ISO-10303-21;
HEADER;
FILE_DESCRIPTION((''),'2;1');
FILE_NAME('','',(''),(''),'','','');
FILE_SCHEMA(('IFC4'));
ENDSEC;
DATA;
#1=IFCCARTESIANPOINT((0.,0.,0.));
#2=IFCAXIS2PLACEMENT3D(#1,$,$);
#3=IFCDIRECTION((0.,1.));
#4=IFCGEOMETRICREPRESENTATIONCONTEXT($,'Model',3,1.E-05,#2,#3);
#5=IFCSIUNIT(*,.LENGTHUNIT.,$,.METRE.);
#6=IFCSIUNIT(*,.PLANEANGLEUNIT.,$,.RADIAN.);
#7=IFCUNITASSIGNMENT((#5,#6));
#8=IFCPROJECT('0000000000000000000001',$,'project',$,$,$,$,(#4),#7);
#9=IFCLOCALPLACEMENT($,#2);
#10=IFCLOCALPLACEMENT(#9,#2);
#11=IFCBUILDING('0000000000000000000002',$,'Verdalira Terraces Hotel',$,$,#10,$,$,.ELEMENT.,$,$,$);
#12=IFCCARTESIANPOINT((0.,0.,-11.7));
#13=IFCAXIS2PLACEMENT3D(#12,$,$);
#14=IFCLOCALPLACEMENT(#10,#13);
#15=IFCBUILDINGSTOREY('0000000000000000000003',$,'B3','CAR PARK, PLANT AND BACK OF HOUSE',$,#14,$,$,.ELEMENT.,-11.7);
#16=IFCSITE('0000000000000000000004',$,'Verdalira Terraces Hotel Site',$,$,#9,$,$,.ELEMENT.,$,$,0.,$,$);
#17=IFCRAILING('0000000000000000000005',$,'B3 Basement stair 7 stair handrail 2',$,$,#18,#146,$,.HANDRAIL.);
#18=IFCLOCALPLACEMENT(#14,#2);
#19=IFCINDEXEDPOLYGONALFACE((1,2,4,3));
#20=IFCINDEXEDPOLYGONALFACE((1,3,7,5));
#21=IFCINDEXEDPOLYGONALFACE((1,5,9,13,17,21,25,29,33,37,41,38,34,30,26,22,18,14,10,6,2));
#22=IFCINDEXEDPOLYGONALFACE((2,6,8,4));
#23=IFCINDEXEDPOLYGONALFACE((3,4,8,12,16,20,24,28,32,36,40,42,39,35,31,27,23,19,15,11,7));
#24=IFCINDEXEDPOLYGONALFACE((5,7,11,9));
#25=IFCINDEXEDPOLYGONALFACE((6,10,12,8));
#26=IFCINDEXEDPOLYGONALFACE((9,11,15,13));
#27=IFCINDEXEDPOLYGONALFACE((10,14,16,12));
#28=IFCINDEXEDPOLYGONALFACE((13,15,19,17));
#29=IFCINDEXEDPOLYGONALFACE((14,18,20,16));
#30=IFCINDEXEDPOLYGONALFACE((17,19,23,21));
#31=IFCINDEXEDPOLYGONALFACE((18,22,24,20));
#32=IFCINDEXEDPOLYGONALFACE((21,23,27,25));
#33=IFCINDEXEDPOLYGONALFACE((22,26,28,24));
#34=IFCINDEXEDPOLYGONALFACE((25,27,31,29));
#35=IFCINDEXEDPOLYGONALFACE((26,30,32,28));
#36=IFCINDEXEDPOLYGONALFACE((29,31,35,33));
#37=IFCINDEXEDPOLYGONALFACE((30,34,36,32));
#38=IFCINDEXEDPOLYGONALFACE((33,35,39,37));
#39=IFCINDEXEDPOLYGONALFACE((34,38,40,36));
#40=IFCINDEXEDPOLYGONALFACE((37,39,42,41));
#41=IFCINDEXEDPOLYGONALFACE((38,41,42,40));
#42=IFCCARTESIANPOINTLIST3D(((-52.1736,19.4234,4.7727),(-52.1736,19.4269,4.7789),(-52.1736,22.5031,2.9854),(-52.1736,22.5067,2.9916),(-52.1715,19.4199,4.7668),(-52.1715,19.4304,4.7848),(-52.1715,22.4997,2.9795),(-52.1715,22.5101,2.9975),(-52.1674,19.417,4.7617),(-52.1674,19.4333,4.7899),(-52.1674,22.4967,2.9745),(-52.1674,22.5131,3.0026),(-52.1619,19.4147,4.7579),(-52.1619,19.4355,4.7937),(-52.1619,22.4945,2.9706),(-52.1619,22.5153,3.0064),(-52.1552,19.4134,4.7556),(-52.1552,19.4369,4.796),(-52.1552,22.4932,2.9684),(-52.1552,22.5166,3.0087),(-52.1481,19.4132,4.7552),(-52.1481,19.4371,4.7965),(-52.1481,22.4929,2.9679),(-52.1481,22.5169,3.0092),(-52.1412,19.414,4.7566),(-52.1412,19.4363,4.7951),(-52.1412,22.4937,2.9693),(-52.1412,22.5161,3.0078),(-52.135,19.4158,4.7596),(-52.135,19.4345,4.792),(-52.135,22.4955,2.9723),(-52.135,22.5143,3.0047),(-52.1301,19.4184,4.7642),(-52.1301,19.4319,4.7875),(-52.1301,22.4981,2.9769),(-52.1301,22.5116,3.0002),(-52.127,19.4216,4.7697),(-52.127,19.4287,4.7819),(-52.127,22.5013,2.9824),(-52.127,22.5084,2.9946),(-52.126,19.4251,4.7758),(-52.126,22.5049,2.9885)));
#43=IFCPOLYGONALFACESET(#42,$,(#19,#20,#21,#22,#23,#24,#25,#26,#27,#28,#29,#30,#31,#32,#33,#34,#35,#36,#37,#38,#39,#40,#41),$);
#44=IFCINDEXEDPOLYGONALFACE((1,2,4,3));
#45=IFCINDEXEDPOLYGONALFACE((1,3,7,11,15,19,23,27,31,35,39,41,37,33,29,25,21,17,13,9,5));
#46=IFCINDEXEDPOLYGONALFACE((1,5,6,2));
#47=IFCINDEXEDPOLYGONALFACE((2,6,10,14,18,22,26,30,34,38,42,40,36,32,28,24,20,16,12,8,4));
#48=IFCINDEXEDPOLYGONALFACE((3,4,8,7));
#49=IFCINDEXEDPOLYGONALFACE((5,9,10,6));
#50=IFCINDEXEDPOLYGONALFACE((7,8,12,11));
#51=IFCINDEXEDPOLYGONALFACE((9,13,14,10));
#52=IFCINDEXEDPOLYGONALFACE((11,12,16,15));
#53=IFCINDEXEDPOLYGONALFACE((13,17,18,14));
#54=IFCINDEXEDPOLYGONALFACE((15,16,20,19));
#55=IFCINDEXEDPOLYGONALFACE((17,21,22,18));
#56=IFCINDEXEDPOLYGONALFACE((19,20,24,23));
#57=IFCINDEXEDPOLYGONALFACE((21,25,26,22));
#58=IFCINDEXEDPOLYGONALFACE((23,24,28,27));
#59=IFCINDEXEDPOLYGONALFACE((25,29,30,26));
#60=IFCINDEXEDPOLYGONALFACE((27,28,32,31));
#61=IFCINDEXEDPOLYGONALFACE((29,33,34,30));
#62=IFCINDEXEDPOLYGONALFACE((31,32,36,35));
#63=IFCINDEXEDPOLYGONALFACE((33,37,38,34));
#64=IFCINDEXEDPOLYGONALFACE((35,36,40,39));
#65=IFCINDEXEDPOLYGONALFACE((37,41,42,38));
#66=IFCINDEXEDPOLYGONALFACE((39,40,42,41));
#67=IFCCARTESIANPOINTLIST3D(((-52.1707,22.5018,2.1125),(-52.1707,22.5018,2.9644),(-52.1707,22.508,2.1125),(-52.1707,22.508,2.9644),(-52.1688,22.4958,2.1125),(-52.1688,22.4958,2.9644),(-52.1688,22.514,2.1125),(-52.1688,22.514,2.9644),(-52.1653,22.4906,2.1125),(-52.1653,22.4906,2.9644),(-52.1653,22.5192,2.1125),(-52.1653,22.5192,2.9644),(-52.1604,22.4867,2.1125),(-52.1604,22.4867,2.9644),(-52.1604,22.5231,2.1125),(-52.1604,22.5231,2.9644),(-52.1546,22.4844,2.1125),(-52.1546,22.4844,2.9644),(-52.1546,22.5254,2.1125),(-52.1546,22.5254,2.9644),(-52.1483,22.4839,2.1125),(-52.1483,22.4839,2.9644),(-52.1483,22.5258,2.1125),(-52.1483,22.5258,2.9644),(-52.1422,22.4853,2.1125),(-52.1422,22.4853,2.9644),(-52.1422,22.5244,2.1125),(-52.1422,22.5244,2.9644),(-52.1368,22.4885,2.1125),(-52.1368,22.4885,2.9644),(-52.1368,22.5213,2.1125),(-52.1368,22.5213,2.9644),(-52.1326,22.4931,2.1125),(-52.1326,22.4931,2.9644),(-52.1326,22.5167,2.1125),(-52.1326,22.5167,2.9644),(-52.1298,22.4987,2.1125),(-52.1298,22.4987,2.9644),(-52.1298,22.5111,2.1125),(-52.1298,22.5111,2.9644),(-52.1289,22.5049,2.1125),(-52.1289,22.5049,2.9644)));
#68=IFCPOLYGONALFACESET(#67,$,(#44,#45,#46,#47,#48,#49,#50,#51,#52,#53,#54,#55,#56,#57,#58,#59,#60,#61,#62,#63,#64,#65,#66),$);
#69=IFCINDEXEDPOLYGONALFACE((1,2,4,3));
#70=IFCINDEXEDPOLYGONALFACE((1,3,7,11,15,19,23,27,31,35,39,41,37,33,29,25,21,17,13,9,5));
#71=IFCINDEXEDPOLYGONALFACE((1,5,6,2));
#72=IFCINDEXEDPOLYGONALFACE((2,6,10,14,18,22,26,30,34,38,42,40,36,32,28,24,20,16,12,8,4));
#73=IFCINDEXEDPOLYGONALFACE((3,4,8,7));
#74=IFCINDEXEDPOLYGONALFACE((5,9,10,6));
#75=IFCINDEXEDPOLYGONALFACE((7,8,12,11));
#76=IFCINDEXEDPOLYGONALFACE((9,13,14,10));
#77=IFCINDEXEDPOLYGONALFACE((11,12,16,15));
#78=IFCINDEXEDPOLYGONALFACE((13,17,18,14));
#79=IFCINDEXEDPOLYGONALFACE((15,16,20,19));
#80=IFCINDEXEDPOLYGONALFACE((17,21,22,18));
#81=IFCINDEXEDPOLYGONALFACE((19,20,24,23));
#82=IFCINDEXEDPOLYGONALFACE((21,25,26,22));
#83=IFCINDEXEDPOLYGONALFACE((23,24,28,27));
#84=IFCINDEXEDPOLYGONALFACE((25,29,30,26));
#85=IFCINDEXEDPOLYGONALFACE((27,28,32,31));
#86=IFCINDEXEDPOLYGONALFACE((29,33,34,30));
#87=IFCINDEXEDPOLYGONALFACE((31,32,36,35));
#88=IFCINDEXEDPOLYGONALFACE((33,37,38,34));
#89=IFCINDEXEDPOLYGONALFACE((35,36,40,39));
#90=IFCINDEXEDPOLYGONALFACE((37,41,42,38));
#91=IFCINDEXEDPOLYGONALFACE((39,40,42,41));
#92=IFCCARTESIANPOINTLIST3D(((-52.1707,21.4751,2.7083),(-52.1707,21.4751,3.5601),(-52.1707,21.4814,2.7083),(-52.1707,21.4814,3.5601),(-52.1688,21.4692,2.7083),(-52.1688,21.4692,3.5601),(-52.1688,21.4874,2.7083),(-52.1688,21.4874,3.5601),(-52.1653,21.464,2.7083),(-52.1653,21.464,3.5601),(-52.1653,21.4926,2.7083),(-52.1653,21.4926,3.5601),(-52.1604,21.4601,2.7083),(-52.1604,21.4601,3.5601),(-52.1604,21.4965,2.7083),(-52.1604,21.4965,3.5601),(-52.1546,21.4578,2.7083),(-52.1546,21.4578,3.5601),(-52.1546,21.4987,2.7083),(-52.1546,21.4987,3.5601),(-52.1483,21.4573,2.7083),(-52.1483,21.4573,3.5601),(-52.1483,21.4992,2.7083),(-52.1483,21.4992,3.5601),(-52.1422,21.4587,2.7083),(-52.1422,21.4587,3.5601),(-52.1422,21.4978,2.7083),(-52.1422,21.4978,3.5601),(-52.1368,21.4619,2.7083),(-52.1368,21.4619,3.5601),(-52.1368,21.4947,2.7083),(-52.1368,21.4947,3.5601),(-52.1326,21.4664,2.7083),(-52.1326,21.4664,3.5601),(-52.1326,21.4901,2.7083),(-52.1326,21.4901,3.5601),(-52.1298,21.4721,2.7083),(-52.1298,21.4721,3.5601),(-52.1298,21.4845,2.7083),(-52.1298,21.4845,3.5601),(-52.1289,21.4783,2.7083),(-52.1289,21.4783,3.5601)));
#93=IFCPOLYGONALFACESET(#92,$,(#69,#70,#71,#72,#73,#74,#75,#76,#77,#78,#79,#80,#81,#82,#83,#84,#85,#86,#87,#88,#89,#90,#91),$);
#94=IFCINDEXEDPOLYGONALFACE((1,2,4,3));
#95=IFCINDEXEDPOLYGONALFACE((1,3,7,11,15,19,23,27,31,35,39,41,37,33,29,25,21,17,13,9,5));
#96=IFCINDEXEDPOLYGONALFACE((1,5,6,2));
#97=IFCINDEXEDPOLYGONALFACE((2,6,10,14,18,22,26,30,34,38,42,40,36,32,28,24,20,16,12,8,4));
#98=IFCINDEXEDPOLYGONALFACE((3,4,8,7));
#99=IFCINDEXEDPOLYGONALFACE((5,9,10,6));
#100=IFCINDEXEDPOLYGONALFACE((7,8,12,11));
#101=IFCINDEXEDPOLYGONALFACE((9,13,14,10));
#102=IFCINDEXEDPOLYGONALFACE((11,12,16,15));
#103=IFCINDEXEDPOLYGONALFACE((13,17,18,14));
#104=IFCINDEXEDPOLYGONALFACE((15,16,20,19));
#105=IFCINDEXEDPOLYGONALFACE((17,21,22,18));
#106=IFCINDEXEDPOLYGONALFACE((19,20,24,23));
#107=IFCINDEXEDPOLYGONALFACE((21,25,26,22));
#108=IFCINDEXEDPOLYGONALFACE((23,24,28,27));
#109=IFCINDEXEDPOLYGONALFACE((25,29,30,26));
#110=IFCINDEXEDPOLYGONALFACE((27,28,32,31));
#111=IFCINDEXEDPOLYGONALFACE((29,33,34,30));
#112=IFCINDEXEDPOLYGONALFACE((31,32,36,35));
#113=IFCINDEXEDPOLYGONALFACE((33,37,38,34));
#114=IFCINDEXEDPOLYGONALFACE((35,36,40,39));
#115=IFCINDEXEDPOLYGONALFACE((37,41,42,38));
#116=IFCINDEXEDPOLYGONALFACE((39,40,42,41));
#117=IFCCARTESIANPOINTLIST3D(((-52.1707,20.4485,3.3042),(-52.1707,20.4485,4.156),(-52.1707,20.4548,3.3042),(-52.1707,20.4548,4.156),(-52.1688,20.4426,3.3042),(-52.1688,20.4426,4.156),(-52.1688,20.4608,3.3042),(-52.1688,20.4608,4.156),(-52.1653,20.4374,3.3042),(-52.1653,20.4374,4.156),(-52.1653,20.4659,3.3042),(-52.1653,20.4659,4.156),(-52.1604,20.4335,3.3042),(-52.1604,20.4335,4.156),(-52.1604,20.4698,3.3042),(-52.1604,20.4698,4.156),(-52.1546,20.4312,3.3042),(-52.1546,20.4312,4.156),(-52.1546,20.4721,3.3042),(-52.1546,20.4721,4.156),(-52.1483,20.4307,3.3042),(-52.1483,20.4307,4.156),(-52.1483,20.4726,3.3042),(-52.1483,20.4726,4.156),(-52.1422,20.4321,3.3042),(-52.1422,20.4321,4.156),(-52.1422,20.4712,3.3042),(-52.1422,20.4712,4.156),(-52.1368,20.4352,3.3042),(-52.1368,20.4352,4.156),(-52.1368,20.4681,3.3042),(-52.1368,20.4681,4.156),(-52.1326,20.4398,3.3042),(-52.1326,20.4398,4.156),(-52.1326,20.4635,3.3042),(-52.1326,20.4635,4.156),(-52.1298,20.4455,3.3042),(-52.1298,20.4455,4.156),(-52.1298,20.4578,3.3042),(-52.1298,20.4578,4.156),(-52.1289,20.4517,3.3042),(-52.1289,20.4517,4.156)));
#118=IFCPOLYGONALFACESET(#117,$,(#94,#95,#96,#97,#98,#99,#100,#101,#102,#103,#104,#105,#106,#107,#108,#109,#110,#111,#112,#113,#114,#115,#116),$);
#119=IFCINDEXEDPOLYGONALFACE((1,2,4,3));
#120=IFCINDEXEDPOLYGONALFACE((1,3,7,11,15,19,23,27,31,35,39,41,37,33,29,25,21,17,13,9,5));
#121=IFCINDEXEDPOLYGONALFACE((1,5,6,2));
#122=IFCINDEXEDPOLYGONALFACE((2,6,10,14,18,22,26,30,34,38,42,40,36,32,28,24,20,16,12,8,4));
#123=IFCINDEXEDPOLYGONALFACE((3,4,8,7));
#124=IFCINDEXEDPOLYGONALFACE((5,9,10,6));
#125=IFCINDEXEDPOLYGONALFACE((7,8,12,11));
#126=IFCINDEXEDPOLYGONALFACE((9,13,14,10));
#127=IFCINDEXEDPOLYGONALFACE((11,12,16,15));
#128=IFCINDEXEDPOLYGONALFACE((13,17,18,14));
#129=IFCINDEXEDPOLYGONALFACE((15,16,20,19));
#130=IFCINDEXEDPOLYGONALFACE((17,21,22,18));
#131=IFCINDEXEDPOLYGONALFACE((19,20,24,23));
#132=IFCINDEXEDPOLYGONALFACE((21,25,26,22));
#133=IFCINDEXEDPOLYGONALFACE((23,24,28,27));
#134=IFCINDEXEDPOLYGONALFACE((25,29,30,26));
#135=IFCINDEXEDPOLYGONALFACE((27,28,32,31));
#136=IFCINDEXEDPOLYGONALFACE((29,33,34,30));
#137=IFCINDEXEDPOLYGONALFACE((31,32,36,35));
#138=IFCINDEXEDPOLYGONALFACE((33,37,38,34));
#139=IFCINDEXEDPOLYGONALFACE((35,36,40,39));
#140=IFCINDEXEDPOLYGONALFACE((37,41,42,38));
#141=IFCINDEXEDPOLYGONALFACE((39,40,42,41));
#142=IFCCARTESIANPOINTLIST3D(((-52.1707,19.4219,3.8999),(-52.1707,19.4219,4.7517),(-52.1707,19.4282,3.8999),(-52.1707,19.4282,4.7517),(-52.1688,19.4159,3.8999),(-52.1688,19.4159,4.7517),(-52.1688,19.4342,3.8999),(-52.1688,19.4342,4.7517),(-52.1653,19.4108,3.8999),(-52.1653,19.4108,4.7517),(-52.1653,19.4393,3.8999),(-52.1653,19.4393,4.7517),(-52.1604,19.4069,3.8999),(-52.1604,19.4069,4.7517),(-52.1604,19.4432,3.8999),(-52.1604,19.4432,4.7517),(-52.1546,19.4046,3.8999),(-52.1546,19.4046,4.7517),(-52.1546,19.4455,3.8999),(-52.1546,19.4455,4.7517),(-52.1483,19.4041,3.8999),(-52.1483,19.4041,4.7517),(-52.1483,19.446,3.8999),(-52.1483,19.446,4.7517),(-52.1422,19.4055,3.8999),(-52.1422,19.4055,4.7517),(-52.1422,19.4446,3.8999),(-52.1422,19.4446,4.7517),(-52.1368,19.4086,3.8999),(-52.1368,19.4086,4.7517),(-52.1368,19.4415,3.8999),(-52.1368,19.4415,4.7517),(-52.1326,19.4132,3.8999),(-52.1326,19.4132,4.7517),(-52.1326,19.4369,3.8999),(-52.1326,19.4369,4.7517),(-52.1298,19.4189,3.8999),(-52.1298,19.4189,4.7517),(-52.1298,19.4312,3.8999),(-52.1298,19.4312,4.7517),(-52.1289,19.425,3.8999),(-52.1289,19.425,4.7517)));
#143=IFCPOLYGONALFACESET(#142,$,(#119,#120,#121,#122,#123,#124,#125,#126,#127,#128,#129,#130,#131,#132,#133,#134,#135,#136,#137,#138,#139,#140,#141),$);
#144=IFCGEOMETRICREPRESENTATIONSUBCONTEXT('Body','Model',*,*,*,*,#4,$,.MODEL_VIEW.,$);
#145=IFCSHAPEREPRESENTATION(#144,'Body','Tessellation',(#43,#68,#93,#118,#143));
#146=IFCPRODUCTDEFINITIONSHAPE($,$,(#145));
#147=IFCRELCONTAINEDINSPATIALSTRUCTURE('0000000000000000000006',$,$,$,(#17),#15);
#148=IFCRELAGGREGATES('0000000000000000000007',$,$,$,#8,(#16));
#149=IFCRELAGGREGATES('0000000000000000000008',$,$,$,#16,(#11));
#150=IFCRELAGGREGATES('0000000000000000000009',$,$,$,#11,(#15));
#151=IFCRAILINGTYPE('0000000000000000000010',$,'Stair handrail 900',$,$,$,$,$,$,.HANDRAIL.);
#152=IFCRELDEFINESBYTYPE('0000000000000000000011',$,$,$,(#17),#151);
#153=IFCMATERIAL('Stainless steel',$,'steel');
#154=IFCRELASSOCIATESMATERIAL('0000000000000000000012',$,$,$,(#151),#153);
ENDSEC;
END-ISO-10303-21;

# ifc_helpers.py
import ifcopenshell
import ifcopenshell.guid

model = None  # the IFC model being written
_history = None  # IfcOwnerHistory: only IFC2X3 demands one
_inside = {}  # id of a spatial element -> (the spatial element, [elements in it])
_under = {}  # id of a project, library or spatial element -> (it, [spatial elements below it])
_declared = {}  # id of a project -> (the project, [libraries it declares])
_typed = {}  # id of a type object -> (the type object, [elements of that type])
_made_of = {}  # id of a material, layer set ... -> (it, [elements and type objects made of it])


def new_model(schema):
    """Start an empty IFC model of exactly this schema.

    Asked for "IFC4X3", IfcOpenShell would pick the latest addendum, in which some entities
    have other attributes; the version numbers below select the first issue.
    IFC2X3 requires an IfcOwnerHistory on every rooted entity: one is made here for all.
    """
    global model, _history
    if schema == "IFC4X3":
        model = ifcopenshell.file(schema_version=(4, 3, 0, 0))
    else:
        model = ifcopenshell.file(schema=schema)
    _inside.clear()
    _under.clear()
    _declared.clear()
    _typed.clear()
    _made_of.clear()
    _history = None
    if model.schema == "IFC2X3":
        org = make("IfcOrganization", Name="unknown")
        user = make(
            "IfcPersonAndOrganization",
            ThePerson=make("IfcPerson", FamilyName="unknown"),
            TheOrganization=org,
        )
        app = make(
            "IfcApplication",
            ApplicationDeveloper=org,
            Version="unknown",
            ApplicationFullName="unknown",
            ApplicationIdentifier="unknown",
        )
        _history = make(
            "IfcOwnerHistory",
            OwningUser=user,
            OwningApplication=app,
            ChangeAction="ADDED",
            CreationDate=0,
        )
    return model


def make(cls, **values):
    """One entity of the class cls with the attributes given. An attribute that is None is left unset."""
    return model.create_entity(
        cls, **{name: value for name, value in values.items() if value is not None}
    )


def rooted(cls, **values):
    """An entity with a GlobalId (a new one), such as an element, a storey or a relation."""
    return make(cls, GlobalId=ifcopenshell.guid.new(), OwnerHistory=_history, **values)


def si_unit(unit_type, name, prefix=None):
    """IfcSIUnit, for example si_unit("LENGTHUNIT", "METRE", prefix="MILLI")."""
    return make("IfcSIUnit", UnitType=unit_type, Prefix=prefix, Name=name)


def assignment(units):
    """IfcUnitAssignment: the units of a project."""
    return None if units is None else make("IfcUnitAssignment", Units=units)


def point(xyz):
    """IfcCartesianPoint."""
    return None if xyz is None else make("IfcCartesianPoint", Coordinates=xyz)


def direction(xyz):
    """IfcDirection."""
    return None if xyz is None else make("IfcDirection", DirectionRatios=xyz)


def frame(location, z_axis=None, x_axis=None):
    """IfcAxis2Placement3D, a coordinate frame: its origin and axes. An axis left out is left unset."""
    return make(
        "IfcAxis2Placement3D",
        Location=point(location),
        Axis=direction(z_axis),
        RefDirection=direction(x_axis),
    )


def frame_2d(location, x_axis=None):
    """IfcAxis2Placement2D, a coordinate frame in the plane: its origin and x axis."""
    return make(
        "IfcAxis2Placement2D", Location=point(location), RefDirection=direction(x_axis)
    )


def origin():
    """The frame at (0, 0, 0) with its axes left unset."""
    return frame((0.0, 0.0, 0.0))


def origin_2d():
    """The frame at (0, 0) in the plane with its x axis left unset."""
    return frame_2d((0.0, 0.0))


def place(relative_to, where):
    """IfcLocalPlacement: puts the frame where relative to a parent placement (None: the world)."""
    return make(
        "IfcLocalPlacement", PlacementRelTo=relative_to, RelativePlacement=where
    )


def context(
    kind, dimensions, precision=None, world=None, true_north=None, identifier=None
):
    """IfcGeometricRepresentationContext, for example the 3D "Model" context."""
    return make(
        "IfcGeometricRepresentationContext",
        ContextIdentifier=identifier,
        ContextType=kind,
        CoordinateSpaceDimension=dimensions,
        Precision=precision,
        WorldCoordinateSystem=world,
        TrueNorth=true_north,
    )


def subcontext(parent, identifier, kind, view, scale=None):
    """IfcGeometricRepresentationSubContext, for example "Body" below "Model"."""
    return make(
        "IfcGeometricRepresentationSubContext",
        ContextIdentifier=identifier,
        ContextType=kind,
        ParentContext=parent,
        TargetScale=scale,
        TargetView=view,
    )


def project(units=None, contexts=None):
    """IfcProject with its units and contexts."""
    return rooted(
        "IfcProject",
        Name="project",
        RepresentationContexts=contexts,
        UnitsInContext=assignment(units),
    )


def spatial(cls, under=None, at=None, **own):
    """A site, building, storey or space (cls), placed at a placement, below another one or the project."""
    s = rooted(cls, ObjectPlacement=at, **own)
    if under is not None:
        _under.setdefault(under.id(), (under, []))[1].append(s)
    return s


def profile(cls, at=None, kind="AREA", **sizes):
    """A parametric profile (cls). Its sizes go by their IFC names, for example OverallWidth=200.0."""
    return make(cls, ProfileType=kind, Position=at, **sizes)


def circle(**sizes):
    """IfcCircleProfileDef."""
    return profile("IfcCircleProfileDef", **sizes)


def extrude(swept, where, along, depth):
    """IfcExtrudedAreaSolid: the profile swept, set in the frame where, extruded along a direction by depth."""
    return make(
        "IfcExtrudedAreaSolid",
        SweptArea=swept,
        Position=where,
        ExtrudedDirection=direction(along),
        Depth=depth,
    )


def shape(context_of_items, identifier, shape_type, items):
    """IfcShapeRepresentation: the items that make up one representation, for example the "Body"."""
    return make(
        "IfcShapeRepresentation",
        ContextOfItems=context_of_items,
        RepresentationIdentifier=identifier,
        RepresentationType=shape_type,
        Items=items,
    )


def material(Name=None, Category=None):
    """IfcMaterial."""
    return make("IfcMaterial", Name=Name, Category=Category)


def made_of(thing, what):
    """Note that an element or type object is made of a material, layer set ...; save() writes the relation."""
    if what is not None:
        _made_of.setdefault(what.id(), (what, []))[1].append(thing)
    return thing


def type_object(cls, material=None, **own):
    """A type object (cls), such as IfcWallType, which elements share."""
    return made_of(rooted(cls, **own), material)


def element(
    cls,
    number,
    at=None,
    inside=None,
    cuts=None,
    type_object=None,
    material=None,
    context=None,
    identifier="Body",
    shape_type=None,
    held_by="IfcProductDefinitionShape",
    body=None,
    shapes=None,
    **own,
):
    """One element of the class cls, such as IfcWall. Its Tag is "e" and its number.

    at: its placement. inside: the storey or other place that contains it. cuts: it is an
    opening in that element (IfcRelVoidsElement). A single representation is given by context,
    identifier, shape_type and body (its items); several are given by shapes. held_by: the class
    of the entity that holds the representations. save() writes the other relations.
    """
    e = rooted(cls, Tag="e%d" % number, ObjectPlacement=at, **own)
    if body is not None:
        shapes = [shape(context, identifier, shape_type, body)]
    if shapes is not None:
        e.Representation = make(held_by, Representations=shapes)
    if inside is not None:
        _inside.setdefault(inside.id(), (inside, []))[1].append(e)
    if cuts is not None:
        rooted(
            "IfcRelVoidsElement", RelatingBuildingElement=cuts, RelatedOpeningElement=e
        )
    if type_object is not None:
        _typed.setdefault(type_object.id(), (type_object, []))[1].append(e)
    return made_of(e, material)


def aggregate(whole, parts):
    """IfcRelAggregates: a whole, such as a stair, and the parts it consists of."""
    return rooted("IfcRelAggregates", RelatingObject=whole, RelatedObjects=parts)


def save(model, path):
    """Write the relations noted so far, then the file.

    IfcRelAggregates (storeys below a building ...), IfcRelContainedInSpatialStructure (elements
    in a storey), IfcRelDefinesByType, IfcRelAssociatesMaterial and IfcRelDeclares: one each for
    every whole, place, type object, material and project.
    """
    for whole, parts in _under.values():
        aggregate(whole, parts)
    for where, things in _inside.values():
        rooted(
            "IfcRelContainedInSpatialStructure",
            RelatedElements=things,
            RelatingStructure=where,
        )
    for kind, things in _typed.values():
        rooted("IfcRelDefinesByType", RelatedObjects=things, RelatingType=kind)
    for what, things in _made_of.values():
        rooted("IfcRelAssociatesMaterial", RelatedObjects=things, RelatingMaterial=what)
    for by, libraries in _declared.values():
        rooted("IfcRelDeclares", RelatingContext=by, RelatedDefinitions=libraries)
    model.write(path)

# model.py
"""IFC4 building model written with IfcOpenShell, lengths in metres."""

from ifc_helpers import new_model, si_unit, direction, frame, origin, origin_2d, place, context, subcontext, project, spatial, circle, extrude, material, type_object, element, save


model = new_model("IFC4")

# Units and contexts
model_context = context("Model", 3, precision=1e-05, world=origin(), true_north=direction((0.0, 1.0)))
body_context = subcontext(model_context, "Body", "Model", "MODEL_VIEW")
ifc_project = project(units=[si_unit("LENGTHUNIT", "METRE"), si_unit("PLANEANGLEUNIT", "RADIAN")], contexts=[model_context])

# Site, building, storey
site_placement = place(None, origin())
site = spatial("IfcSite", under=ifc_project, at=site_placement, Name="Verdalira Terraces Hotel Site", CompositionType="ELEMENT", RefElevation=0.0)
building_placement = place(site_placement, origin())
building = spatial("IfcBuilding", under=site, at=building_placement, Name="Verdalira Terraces Hotel", CompositionType="ELEMENT")
storey_placement = place(building_placement, frame((0.0, 0.0, -11.7)))
storey = spatial("IfcBuildingStorey", under=building, at=storey_placement, Name="B3", Description="CAR PARK, PLANT AND BACK OF HOUSE", CompositionType="ELEMENT", Elevation=-11.7)

# Railing
ifc_material_1 = material(Name="Stainless steel", Category="steel")
railing_type_1 = type_object("IfcRailingType", Name="Stair handrail 900", PredefinedType="HANDRAIL", material=ifc_material_1)
railing_1_placement = place(storey_placement, frame((-52.1499, 22.5049, 2.1125)))
element("IfcRailing", 1, at=railing_1_placement, inside=storey, type_object=railing_type_1, Name="B3 Basement stair 7 stair handrail 2", PredefinedType="HANDRAIL", context=body_context, shape_type="SweptSolid", body=[
    extrude(circle(Radius=0.0239, at=origin_2d()), frame((0.0, 0.0, 0.876), z_axis=(0.0, -0.864903, 0.501939), x_axis=(1.0, 0.0, 0.0)), (0.0, 0.0, 1.0), 3.5608),
    extrude(circle(Radius=0.021, at=origin_2d()), origin(), (0.0, 0.0, 1.0), 0.8518),
    extrude(circle(Radius=0.021, at=origin_2d()), frame((0.0, -1.0266, 0.5957)), (0.0, 0.0, 1.0), 0.8518),
    extrude(circle(Radius=0.021, at=origin_2d()), frame((0.0, -2.0532, 1.1917)), (0.0, 0.0, 1.0), 0.8518),
    extrude(circle(Radius=0.021, at=origin_2d()), frame((0.0, -3.0798, 1.7874)), (0.0, 0.0, 1.0), 0.8518),
])

save(model, "model.ifc")
